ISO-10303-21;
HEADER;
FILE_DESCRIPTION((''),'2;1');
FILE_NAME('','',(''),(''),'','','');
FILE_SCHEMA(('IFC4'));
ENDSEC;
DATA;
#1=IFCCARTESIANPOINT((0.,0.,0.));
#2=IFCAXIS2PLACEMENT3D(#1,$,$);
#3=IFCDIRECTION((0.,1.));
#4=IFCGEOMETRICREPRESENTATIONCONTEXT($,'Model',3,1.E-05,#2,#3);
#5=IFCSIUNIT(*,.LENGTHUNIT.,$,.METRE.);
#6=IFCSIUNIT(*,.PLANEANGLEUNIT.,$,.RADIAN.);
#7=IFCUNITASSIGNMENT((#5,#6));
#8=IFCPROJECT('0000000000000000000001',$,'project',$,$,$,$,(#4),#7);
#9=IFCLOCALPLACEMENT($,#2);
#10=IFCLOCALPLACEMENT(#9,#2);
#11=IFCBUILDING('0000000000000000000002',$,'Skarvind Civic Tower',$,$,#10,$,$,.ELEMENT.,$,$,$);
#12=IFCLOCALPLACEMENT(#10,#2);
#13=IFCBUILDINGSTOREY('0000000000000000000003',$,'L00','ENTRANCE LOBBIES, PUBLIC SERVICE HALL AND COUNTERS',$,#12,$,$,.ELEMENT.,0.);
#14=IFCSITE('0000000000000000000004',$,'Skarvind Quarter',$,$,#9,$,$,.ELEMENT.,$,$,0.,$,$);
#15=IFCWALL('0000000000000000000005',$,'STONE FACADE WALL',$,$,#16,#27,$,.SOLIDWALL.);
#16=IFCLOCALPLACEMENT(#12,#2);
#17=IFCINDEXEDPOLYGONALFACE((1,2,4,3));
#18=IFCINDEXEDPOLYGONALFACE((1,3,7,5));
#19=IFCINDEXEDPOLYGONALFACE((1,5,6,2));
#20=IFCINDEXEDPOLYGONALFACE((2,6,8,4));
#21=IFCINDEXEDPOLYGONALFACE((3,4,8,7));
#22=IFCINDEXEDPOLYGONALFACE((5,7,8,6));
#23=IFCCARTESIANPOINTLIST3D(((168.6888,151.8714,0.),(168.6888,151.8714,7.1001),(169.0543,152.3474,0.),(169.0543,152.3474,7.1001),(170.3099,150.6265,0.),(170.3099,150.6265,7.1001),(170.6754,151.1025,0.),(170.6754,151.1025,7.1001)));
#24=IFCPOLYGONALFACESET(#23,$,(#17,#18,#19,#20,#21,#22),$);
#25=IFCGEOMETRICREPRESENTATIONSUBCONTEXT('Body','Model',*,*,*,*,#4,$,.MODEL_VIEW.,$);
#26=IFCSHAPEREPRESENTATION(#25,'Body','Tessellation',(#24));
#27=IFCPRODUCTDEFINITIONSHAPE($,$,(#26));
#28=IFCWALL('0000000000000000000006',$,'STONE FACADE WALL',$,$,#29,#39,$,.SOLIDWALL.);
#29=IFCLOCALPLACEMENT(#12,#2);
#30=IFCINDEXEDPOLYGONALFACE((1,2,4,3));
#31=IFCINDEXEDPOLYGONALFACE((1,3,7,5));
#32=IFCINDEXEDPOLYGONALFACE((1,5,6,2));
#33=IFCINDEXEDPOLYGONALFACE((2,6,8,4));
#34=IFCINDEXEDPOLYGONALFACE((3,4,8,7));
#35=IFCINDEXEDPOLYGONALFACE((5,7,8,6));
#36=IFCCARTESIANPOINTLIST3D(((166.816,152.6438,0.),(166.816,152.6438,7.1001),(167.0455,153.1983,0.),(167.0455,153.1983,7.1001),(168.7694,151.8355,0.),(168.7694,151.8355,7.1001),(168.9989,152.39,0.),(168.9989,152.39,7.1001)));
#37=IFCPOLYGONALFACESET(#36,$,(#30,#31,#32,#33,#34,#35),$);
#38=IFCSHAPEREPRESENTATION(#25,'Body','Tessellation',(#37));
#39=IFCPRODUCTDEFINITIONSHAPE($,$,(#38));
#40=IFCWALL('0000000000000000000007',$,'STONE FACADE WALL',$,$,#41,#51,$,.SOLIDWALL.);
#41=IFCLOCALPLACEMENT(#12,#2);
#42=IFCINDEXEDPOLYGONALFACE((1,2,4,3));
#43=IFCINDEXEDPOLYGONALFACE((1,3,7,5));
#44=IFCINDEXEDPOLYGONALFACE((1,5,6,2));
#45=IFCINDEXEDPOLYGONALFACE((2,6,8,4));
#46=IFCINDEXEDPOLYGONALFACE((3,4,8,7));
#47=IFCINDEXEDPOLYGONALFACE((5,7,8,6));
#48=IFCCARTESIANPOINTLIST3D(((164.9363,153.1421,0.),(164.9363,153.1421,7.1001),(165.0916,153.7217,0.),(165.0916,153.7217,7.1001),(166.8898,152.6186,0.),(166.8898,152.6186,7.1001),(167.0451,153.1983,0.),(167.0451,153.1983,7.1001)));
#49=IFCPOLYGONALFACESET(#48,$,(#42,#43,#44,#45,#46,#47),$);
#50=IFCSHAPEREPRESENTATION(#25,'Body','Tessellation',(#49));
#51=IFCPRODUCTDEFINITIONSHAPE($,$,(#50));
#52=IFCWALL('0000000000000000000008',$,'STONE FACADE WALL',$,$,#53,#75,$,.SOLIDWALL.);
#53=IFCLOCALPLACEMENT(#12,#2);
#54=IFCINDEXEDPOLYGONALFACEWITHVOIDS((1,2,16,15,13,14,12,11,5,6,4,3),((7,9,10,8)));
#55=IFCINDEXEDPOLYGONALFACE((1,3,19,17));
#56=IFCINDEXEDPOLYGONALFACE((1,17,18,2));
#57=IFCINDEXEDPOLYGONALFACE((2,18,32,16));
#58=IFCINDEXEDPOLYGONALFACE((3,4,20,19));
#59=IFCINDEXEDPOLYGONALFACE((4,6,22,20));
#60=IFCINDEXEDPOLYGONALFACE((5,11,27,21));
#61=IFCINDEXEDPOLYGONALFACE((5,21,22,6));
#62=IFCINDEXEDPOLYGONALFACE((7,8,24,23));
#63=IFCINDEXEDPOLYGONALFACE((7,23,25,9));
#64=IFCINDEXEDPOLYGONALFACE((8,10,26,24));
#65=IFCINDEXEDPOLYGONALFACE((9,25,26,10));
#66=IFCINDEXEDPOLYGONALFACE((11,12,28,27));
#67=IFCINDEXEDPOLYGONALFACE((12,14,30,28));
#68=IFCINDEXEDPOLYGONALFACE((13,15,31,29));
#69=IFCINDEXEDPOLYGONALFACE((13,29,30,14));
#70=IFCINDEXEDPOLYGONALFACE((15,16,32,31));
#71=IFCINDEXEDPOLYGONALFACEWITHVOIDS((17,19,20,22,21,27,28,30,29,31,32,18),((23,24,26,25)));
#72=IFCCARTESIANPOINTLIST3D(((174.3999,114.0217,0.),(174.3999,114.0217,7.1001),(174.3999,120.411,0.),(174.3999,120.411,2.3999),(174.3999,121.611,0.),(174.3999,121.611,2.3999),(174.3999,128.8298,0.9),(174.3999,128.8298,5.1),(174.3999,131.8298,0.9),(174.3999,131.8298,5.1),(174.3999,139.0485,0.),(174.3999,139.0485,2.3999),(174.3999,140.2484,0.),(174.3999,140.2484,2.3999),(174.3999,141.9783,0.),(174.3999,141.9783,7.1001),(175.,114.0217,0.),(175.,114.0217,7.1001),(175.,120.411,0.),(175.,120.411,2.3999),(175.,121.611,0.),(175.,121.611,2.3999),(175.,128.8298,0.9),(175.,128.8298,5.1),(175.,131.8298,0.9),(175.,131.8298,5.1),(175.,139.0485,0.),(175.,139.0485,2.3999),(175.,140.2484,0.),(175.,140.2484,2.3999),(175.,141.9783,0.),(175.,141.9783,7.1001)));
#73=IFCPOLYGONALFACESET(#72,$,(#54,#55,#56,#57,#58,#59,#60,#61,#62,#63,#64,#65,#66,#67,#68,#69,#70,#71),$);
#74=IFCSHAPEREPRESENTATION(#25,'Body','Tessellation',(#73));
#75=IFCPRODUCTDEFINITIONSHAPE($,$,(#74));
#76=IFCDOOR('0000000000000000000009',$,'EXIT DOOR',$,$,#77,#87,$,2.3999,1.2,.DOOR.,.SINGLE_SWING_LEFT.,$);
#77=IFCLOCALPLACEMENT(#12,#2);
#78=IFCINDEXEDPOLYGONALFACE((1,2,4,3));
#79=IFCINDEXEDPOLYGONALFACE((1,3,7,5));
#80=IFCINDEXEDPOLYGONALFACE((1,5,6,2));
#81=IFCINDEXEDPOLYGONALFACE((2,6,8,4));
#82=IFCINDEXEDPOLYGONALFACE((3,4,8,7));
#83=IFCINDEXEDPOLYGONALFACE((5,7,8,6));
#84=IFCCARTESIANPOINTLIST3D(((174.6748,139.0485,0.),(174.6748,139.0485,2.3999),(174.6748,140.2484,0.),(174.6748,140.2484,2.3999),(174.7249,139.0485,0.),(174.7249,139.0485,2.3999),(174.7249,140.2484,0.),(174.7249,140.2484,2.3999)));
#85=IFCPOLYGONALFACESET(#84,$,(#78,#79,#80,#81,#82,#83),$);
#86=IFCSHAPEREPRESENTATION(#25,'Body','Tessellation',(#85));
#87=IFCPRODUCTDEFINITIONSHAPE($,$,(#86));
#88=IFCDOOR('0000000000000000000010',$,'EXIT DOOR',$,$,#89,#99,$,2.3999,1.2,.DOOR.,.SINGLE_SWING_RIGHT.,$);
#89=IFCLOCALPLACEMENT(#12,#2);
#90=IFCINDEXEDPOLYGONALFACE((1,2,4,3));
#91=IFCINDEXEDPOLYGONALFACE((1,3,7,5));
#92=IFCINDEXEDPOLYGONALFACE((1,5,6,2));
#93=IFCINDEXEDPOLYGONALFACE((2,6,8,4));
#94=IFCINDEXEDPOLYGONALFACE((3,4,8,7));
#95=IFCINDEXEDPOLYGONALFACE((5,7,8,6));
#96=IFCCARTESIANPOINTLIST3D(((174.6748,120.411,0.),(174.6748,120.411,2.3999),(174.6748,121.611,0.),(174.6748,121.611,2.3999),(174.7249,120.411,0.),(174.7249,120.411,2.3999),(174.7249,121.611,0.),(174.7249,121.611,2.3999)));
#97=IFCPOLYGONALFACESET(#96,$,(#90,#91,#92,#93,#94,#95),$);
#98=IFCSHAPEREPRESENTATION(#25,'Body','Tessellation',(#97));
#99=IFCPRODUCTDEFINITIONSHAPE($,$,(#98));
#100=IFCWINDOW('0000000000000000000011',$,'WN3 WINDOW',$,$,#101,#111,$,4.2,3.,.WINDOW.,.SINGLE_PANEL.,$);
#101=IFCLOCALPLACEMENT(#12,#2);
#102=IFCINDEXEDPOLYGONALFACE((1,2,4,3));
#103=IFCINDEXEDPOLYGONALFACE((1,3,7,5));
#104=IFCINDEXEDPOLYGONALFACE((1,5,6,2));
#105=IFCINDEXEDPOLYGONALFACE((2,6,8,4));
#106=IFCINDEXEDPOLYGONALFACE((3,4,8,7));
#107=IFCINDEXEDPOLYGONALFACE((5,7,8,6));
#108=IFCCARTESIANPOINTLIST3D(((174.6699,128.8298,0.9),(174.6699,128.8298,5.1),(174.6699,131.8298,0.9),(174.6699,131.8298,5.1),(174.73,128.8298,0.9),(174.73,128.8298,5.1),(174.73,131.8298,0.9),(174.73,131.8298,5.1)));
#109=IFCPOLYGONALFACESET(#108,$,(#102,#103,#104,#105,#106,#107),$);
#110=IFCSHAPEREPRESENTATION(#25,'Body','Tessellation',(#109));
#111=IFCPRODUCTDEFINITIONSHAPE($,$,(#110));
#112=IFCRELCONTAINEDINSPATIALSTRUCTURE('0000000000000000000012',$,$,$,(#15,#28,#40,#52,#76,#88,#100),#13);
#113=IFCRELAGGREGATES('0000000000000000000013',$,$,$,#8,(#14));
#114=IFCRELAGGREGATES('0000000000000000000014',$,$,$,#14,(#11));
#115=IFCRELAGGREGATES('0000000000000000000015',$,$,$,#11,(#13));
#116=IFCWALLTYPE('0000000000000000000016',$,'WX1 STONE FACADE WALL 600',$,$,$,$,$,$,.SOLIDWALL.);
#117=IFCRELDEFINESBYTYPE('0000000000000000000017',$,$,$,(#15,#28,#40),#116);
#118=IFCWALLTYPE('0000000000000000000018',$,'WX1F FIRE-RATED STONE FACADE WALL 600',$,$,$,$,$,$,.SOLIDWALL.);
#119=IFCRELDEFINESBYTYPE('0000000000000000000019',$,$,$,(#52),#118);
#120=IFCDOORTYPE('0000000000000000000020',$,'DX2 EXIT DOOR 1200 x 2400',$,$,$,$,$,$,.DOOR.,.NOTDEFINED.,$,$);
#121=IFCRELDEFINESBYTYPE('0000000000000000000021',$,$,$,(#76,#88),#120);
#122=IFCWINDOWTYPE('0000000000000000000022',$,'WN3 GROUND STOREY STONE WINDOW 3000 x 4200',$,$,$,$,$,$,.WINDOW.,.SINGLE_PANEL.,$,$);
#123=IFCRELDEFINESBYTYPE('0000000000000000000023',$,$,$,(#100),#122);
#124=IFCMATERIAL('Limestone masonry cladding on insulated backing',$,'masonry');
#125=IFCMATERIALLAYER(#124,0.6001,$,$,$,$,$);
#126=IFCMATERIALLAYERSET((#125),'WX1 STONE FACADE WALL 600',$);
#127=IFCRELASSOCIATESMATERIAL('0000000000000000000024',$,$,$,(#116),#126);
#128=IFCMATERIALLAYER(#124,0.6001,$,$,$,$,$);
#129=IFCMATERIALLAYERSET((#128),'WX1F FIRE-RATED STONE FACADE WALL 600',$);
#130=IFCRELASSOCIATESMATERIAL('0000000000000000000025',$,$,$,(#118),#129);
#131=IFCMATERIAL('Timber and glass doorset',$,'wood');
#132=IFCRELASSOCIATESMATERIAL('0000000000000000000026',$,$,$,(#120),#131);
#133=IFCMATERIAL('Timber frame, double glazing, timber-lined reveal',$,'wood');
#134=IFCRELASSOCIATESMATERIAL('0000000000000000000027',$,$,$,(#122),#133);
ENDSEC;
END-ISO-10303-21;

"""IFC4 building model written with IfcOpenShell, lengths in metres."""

from ifc_helpers import new_model, si_unit, direction, frame, frame_2d, origin, place, context, subcontext, project, spatial, rectangle, extrude, material, layer, layer_set, type_object, element, fill, save


model = new_model("IFC4")

# Units and contexts
model_context = context("Model", 3, precision=1e-05, world=origin(), true_north=direction((0.0, 1.0)))
body_context = subcontext(model_context, "Body", "Model", "MODEL_VIEW")
ifc_project = project(units=[si_unit("LENGTHUNIT", "METRE"), si_unit("PLANEANGLEUNIT", "RADIAN")], contexts=[model_context])

# Site, building, storey
site_placement = place(None, origin())
site = spatial("IfcSite", under=ifc_project, at=site_placement, Name="Skarvind Quarter", CompositionType="ELEMENT", RefElevation=0.0)
building_placement = place(site_placement, origin())
building = spatial("IfcBuilding", under=site, at=building_placement, Name="Skarvind Civic Tower", CompositionType="ELEMENT")
storey_placement = place(building_placement, origin())
storey = spatial("IfcBuildingStorey", under=building, at=storey_placement, Name="L00", Description="ENTRANCE LOBBIES, PUBLIC SERVICE HALL AND COUNTERS", CompositionType="ELEMENT", Elevation=0.0)

# Walls
ifc_material_1 = material(Name="Limestone masonry cladding on insulated backing", Category="masonry")
ifc_layer_1 = layer(ifc_material_1, 0.6001)
ifc_layer_set_1 = layer_set([ifc_layer_1], Name="WX1 STONE FACADE WALL 600")
wall_type_1 = type_object("IfcWallType", Name="WX1 STONE FACADE WALL 600", PredefinedType="SOLIDWALL", material=ifc_layer_set_1)
wall_1_placement = place(storey_placement, frame((168.8716, 152.1094, 0.0), z_axis=(0.0, 0.0, 1.0), x_axis=(0.793125, -0.609058, 0.0)))
element("IfcWall", 1, at=wall_1_placement, inside=storey, type_object=wall_type_1, Name="STONE FACADE WALL", PredefinedType="SOLIDWALL", context=body_context, shape_type="SweptSolid", body=[
    extrude(rectangle(XDim=2.0439, YDim=0.6001, at=frame_2d((1.022, 0.0))), origin(), (0.0, 0.0, 1.0), 7.1001),
])
wall_2_placement = place(storey_placement, frame((166.9307, 152.9211, 0.0), z_axis=(0.0, 0.0, 1.0), x_axis=(0.924007, -0.382376, 0.0)))
element("IfcWall", 2, at=wall_2_placement, inside=storey, type_object=wall_type_1, Name="STONE FACADE WALL", PredefinedType="SOLIDWALL", context=body_context, shape_type="SweptSolid", body=[
    extrude(rectangle(XDim=2.114, YDim=0.6001, at=frame_2d((1.0571, 0.0))), origin(), (0.0, 0.0, 1.0), 7.1001),
])
wall_3_placement = place(storey_placement, frame((165.0139, 153.4319, 0.0), z_axis=(0.0, 0.0, 1.0), x_axis=(0.96593, -0.258804, 0.0)))
element("IfcWall", 3, at=wall_3_placement, inside=storey, type_object=wall_type_1, Name="STONE FACADE WALL", PredefinedType="SOLIDWALL", context=body_context, shape_type="SweptSolid", body=[
    extrude(rectangle(XDim=2.0225, YDim=0.6001, at=frame_2d((1.0112, 0.0))), origin(), (0.0, 0.0, 1.0), 7.1001),
])

# Wall, openings, doors, window
ifc_layer_2 = layer(ifc_material_1, 0.6001)
ifc_layer_set_2 = layer_set([ifc_layer_2], Name="WX1F FIRE-RATED STONE FACADE WALL 600")
wall_type_2 = type_object("IfcWallType", Name="WX1F FIRE-RATED STONE FACADE WALL 600", PredefinedType="SOLIDWALL", material=ifc_layer_set_2)
wall_4_placement = place(storey_placement, frame((174.7, 141.9783, 0.0), z_axis=(0.0, 0.0, 1.0), x_axis=(0.0, -1.0, 0.0)))
wall_4 = element("IfcWall", 4, at=wall_4_placement, inside=storey, type_object=wall_type_2, Name="STONE FACADE WALL", PredefinedType="SOLIDWALL", context=body_context, shape_type="SweptSolid", body=[
    extrude(rectangle(XDim=27.9565, YDim=0.6001, at=frame_2d((13.9783, 0.0))), origin(), (0.0, 0.0, 1.0), 7.1001),
])
opening_1_placement = place(wall_4_placement, frame((1.7297, 0.0, 0.0)))
opening_1 = element("IfcOpeningElement", 5, at=opening_1_placement, cuts=wall_4, PredefinedType="OPENING", context=body_context, shape_type="SweptSolid", body=[
    extrude(rectangle(XDim=1.2, YDim=2.3999, at=frame_2d((0.6001, 1.2))), frame((0.0, 0.3101, 0.0), z_axis=(0.0, -1.0, 0.0), x_axis=(1.0, 0.0, 0.0)), (0.0, 0.0, 1.0), 0.6201),
])
opening_2_placement = place(wall_4_placement, frame((10.1484, 0.0, 0.8999)))
opening_2 = element("IfcOpeningElement", 6, at=opening_2_placement, cuts=wall_4, PredefinedType="OPENING", context=body_context, shape_type="SweptSolid", body=[
    extrude(rectangle(XDim=3.0, YDim=4.2, at=frame_2d((1.5, 2.1001))), frame((0.0, 0.3101, 0.0), z_axis=(0.0, -1.0, 0.0), x_axis=(1.0, 0.0, 0.0)), (0.0, 0.0, 1.0), 0.6201),
])
opening_3_placement = place(wall_4_placement, frame((20.3672, 0.0, 0.0)))
opening_3 = element("IfcOpeningElement", 7, at=opening_3_placement, cuts=wall_4, PredefinedType="OPENING", context=body_context, shape_type="SweptSolid", body=[
    extrude(rectangle(XDim=1.2, YDim=2.3999, at=frame_2d((0.6001, 1.2))), frame((0.0, 0.3101, 0.0), z_axis=(0.0, -1.0, 0.0), x_axis=(1.0, 0.0, 0.0)), (0.0, 0.0, 1.0), 0.6201),
])
ifc_material_2 = material(Name="Timber and glass doorset", Category="wood")
door_type_1 = type_object("IfcDoorType", Name="DX2 EXIT DOOR 1200 x 2400", OperationType="NOTDEFINED", PredefinedType="DOOR", material=ifc_material_2)
door_1_placement = place(opening_1_placement, origin())
door_1 = element("IfcDoor", 8, at=door_1_placement, inside=storey, type_object=door_type_1, Name="EXIT DOOR", OperationType="SINGLE_SWING_LEFT", OverallHeight=2.3999, OverallWidth=1.2, PredefinedType="DOOR", context=body_context, shape_type="SweptSolid", body=[
    extrude(rectangle(XDim=1.2, YDim=2.3999, at=frame_2d((0.6001, 1.2))), frame((0.0, 0.0249, 0.0), z_axis=(0.0, -1.0, 0.0), x_axis=(1.0, 0.0, 0.0)), (0.0, 0.0, 1.0), 0.05),
])
fill(opening_1, door_1)
door_2_placement = place(opening_3_placement, origin())
door_2 = element("IfcDoor", 9, at=door_2_placement, inside=storey, type_object=door_type_1, Name="EXIT DOOR", OperationType="SINGLE_SWING_RIGHT", OverallHeight=2.3999, OverallWidth=1.2, PredefinedType="DOOR", context=body_context, shape_type="SweptSolid", body=[
    extrude(rectangle(XDim=1.2, YDim=2.3999, at=frame_2d((0.6001, 1.2))), frame((0.0, 0.0249, 0.0), z_axis=(0.0, -1.0, 0.0), x_axis=(1.0, 0.0, 0.0)), (0.0, 0.0, 1.0), 0.05),
])
fill(opening_3, door_2)
ifc_material_3 = material(Name="Timber frame, double glazing, timber-lined reveal", Category="wood")
window_type = type_object("IfcWindowType", Name="WN3 GROUND STOREY STONE WINDOW 3000 x 4200", PartitioningType="SINGLE_PANEL", PredefinedType="WINDOW", material=ifc_material_3)
window_placement = place(opening_2_placement, origin())
window = element("IfcWindow", 10, at=window_placement, inside=storey, type_object=window_type, Name="WN3 WINDOW", OverallHeight=4.2, OverallWidth=3.0, PartitioningType="SINGLE_PANEL", PredefinedType="WINDOW", context=body_context, shape_type="SweptSolid", body=[
    extrude(rectangle(XDim=3.0, YDim=4.2, at=frame_2d((1.5, 2.1001))), frame((0.0, 0.03, 0.0), z_axis=(0.0, -1.0, 0.0), x_axis=(1.0, 0.0, 0.0)), (0.0, 0.0, 1.0), 0.0601),
])
fill(opening_2, window)

save(model, "model.ifc")
